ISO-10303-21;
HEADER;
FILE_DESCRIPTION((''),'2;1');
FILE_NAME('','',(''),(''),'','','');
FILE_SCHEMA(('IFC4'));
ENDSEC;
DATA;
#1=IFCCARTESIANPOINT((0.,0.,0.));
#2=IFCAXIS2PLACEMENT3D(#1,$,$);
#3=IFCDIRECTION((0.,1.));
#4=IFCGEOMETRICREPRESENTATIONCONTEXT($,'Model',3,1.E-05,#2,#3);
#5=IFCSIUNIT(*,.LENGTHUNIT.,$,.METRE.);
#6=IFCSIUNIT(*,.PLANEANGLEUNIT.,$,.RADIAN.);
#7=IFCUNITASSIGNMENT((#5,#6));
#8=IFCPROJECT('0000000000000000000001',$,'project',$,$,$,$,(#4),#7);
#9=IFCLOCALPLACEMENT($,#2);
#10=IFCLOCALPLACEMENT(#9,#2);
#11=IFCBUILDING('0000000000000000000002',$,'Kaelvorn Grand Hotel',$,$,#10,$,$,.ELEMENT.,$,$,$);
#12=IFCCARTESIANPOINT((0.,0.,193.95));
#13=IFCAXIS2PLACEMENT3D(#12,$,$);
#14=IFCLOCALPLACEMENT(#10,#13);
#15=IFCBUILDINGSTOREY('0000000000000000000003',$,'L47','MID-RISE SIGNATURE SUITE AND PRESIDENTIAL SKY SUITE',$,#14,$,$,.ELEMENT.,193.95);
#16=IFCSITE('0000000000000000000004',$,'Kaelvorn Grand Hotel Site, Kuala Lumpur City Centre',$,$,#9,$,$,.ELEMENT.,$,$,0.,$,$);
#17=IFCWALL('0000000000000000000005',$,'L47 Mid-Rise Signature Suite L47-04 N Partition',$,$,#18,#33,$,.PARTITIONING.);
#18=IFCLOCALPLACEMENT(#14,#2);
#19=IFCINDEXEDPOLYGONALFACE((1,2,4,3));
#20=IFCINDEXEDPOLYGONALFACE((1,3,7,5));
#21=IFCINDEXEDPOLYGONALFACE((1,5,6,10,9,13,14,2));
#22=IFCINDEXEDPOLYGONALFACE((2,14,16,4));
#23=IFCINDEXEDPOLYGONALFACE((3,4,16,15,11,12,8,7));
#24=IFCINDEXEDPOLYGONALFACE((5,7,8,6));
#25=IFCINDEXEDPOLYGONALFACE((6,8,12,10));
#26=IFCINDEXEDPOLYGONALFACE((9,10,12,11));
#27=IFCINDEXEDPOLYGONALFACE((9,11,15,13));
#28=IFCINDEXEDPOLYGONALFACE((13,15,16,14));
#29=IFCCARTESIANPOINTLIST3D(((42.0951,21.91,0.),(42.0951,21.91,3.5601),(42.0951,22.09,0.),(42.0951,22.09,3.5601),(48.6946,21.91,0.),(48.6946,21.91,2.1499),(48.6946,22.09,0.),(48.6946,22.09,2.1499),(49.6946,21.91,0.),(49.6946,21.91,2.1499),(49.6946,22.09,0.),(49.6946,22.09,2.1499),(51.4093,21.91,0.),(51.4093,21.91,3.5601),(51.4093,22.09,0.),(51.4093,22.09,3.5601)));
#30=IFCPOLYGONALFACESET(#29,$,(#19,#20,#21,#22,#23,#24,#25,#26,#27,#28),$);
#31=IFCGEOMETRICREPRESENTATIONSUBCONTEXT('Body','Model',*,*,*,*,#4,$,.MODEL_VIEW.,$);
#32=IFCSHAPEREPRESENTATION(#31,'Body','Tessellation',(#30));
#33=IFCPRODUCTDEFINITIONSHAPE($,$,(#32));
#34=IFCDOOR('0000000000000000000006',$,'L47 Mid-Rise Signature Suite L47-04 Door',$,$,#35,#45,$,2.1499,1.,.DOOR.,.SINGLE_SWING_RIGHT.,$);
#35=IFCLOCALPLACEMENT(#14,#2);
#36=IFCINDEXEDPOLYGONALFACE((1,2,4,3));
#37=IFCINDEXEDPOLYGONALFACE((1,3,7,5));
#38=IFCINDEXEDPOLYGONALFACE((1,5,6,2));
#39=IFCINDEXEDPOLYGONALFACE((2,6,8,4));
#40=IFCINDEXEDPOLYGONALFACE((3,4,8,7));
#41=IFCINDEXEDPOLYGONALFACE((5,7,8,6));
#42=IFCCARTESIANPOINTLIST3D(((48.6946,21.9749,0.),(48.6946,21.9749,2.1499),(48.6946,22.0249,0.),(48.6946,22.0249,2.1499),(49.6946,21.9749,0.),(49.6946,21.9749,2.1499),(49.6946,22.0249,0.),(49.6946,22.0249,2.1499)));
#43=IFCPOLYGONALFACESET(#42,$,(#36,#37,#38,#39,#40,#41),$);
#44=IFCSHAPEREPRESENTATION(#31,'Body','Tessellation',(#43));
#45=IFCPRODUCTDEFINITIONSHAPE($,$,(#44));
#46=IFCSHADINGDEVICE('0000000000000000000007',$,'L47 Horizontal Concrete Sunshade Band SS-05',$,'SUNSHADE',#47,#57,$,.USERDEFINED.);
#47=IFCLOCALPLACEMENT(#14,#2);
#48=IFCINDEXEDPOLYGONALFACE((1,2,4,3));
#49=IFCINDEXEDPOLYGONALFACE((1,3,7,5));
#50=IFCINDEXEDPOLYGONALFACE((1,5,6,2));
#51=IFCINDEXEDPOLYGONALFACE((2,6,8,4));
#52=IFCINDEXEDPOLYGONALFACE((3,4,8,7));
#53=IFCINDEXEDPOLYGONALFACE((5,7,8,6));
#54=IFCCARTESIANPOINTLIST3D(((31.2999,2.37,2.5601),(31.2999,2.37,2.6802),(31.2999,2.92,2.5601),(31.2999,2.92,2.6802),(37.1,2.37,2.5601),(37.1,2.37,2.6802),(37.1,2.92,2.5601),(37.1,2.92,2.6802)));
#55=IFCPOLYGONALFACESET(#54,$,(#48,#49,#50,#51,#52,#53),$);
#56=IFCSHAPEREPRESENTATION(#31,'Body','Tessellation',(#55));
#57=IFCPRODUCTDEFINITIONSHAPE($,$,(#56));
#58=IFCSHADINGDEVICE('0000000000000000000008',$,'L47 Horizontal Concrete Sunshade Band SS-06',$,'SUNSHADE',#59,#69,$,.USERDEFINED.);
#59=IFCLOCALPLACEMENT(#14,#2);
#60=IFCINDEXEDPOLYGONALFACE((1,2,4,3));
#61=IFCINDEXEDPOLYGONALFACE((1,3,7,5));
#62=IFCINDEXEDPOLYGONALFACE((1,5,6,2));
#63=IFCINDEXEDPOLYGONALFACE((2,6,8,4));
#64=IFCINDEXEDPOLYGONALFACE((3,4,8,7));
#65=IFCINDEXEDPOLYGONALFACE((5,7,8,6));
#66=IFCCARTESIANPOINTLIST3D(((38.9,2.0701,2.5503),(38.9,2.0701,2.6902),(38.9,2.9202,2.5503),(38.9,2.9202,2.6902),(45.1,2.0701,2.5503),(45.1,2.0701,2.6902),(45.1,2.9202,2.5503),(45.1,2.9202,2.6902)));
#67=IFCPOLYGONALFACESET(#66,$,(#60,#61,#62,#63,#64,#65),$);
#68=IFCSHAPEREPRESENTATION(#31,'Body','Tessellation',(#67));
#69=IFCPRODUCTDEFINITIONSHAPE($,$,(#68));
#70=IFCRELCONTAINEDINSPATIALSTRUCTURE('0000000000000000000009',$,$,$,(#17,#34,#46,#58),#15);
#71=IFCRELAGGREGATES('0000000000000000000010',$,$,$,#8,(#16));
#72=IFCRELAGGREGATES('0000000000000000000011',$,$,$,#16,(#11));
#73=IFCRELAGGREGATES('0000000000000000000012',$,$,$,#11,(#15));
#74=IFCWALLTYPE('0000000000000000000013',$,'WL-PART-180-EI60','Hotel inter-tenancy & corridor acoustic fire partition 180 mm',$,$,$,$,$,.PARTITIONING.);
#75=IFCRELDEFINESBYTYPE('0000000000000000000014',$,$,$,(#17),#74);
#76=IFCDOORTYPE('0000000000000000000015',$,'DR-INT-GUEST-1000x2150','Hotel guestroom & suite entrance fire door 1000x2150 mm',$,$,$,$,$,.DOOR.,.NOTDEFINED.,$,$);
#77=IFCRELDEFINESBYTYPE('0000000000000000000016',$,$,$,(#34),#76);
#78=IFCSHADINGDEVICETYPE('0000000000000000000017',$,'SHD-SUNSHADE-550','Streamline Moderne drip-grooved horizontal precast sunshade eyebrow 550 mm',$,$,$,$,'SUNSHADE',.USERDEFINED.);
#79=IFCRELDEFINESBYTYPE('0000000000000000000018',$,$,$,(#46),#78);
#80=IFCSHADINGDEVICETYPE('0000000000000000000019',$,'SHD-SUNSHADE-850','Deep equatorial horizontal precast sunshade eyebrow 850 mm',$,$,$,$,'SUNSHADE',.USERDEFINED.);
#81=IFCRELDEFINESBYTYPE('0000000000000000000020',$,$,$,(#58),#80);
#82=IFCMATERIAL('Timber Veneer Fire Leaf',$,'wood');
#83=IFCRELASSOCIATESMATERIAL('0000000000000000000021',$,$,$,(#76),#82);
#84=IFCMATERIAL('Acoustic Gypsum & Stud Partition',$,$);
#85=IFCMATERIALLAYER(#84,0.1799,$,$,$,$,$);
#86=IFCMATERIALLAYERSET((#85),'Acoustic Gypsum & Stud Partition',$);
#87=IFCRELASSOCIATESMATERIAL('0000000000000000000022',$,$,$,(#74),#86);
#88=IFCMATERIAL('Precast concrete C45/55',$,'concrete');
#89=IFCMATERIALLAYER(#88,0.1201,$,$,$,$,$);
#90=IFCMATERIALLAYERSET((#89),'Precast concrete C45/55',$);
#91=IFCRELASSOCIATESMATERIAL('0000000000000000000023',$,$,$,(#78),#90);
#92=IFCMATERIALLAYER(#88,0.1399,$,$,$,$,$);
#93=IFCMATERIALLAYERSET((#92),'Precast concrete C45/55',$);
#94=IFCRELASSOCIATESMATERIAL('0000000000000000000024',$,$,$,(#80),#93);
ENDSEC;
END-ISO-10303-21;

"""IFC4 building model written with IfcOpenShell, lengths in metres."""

from ifc_helpers import new_model, si_unit, direction, frame, frame_2d, origin, origin_2d, place, context, subcontext, project, spatial, rectangle, extrude, material, layer, layer_set, type_object, element, fill, save


model = new_model("IFC4")

# Units and contexts
model_context = context("Model", 3, precision=1e-05, world=origin(), true_north=direction((0.0, 1.0)))
body_context = subcontext(model_context, "Body", "Model", "MODEL_VIEW")
ifc_project = project(units=[si_unit("LENGTHUNIT", "METRE"), si_unit("PLANEANGLEUNIT", "RADIAN")], contexts=[model_context])

# Site, building, storey
site_placement = place(None, origin())
site = spatial("IfcSite", under=ifc_project, at=site_placement, Name="Kaelvorn Grand Hotel Site, Kuala Lumpur City Centre", CompositionType="ELEMENT", RefElevation=0.0)
building_placement = place(site_placement, origin())
building = spatial("IfcBuilding", under=site, at=building_placement, Name="Kaelvorn Grand Hotel", CompositionType="ELEMENT")
storey_placement = place(building_placement, frame((0.0, 0.0, 193.95)))
storey = spatial("IfcBuildingStorey", under=building, at=storey_placement, Name="L47", Description="MID-RISE SIGNATURE SUITE AND PRESIDENTIAL SKY SUITE", CompositionType="ELEMENT", Elevation=193.95)

# Shared definitions
ifc_material_1 = material(Name="Acoustic Gypsum & Stud Partition")

# Shared definitions
ifc_material_2 = material(Name="Timber Veneer Fire Leaf", Category="wood")
door_type_1 = type_object("IfcDoorType", Name="DR-INT-GUEST-1000x2150", Description="Hotel guestroom & suite entrance fire door 1000x2150 mm", OperationType="NOTDEFINED", PredefinedType="DOOR", material=ifc_material_2)

# Shared definitions
ifc_layer_1 = layer(ifc_material_1, 0.1799)
ifc_layer_set_1 = layer_set([ifc_layer_1], Name="Acoustic Gypsum & Stud Partition")
wall_type_1 = type_object("IfcWallType", Name="WL-PART-180-EI60", Description="Hotel inter-tenancy & corridor acoustic fire partition 180 mm", PredefinedType="PARTITIONING", material=ifc_layer_set_1)

# Wall, opening, door
wall_1_placement = place(storey_placement, frame((42.095, 22.0, 0.0), z_axis=(0.0, 0.0, 1.0), x_axis=(1.0, 0.0, 0.0)))
wall_1 = element("IfcWall", 1, at=wall_1_placement, inside=storey, type_object=wall_type_1, Name="L47 Mid-Rise Signature Suite L47-04 N Partition", PredefinedType="PARTITIONING", context=body_context, shape_type="SweptSolid", body=[
    extrude(rectangle(XDim=9.3142, YDim=0.1799, at=frame_2d((4.6572, 0.0))), origin(), (0.0, 0.0, 1.0), 3.5601),
])
opening_1_placement = place(wall_1_placement, frame((6.5996, 0.0, 0.0)))
opening_1 = element("IfcOpeningElement", 2, at=opening_1_placement, cuts=wall_1, PredefinedType="OPENING", context=body_context, shape_type="SweptSolid", body=[
    extrude(rectangle(XDim=1.0, YDim=2.1499, at=frame_2d((0.5, 1.075))), frame((0.0, 0.1001, 0.0), z_axis=(0.0, -1.0, 0.0), x_axis=(1.0, 0.0, 0.0)), (0.0, 0.0, 1.0), 0.2),
])
door_1_placement = place(opening_1_placement, origin())
door_1 = element("IfcDoor", 3, at=door_1_placement, inside=storey, type_object=door_type_1, Name="L47 Mid-Rise Signature Suite L47-04 Door", OperationType="SINGLE_SWING_RIGHT", OverallHeight=2.1499, OverallWidth=1.0, PredefinedType="DOOR", context=body_context, shape_type="SweptSolid", body=[
    extrude(rectangle(XDim=1.0, YDim=2.1499, at=frame_2d((0.5, 1.075))), frame((0.0, 0.0249, 0.0), z_axis=(0.0, -1.0, 0.0), x_axis=(1.0, 0.0, 0.0)), (0.0, 0.0, 1.0), 0.05),
])
fill(opening_1, door_1)

# Shading devices
ifc_material_3 = material(Name="Precast concrete C45/55", Category="concrete")
ifc_layer_2 = layer(ifc_material_3, 0.1201)
ifc_layer_set_2 = layer_set([ifc_layer_2], Name="Precast concrete C45/55")
shading_device_type_1 = type_object("IfcShadingDeviceType", Name="SHD-SUNSHADE-550", Description="Streamline Moderne drip-grooved horizontal precast sunshade eyebrow 550 mm", ElementType="SUNSHADE", PredefinedType="USERDEFINED", material=ifc_layer_set_2)
shading_device_1_placement = place(storey_placement, frame((34.2, 2.645, 2.5601), z_axis=(0.0, 0.0, 1.0), x_axis=(1.0, 0.0, 0.0)))
element("IfcShadingDevice", 4, at=shading_device_1_placement, inside=storey, type_object=shading_device_type_1, Name="L47 Horizontal Concrete Sunshade Band SS-05", ObjectType="SUNSHADE", PredefinedType="USERDEFINED", context=body_context, shape_type="SweptSolid", body=[
    extrude(rectangle(XDim=5.8, YDim=0.55, at=origin_2d()), origin(), (0.0, 0.0, 1.0), 0.1201),
])
ifc_layer_3 = layer(ifc_material_3, 0.1399)
ifc_layer_set_3 = layer_set([ifc_layer_3], Name="Precast concrete C45/55")
shading_device_type_2 = type_object("IfcShadingDeviceType", Name="SHD-SUNSHADE-850", Description="Deep equatorial horizontal precast sunshade eyebrow 850 mm", ElementType="SUNSHADE", PredefinedType="USERDEFINED", material=ifc_layer_set_3)
shading_device_2_placement = place(storey_placement, frame((42.0, 2.4951, 2.5503), z_axis=(0.0, 0.0, 1.0), x_axis=(1.0, 0.0, 0.0)))
element("IfcShadingDevice", 5, at=shading_device_2_placement, inside=storey, type_object=shading_device_type_2, Name="L47 Horizontal Concrete Sunshade Band SS-06", ObjectType="SUNSHADE", PredefinedType="USERDEFINED", context=body_context, shape_type="SweptSolid", body=[
    extrude(rectangle(XDim=6.2, YDim=0.8501, at=origin_2d()), origin(), (0.0, 0.0, 1.0), 0.1399),
])

save(model, "model.ifc")
